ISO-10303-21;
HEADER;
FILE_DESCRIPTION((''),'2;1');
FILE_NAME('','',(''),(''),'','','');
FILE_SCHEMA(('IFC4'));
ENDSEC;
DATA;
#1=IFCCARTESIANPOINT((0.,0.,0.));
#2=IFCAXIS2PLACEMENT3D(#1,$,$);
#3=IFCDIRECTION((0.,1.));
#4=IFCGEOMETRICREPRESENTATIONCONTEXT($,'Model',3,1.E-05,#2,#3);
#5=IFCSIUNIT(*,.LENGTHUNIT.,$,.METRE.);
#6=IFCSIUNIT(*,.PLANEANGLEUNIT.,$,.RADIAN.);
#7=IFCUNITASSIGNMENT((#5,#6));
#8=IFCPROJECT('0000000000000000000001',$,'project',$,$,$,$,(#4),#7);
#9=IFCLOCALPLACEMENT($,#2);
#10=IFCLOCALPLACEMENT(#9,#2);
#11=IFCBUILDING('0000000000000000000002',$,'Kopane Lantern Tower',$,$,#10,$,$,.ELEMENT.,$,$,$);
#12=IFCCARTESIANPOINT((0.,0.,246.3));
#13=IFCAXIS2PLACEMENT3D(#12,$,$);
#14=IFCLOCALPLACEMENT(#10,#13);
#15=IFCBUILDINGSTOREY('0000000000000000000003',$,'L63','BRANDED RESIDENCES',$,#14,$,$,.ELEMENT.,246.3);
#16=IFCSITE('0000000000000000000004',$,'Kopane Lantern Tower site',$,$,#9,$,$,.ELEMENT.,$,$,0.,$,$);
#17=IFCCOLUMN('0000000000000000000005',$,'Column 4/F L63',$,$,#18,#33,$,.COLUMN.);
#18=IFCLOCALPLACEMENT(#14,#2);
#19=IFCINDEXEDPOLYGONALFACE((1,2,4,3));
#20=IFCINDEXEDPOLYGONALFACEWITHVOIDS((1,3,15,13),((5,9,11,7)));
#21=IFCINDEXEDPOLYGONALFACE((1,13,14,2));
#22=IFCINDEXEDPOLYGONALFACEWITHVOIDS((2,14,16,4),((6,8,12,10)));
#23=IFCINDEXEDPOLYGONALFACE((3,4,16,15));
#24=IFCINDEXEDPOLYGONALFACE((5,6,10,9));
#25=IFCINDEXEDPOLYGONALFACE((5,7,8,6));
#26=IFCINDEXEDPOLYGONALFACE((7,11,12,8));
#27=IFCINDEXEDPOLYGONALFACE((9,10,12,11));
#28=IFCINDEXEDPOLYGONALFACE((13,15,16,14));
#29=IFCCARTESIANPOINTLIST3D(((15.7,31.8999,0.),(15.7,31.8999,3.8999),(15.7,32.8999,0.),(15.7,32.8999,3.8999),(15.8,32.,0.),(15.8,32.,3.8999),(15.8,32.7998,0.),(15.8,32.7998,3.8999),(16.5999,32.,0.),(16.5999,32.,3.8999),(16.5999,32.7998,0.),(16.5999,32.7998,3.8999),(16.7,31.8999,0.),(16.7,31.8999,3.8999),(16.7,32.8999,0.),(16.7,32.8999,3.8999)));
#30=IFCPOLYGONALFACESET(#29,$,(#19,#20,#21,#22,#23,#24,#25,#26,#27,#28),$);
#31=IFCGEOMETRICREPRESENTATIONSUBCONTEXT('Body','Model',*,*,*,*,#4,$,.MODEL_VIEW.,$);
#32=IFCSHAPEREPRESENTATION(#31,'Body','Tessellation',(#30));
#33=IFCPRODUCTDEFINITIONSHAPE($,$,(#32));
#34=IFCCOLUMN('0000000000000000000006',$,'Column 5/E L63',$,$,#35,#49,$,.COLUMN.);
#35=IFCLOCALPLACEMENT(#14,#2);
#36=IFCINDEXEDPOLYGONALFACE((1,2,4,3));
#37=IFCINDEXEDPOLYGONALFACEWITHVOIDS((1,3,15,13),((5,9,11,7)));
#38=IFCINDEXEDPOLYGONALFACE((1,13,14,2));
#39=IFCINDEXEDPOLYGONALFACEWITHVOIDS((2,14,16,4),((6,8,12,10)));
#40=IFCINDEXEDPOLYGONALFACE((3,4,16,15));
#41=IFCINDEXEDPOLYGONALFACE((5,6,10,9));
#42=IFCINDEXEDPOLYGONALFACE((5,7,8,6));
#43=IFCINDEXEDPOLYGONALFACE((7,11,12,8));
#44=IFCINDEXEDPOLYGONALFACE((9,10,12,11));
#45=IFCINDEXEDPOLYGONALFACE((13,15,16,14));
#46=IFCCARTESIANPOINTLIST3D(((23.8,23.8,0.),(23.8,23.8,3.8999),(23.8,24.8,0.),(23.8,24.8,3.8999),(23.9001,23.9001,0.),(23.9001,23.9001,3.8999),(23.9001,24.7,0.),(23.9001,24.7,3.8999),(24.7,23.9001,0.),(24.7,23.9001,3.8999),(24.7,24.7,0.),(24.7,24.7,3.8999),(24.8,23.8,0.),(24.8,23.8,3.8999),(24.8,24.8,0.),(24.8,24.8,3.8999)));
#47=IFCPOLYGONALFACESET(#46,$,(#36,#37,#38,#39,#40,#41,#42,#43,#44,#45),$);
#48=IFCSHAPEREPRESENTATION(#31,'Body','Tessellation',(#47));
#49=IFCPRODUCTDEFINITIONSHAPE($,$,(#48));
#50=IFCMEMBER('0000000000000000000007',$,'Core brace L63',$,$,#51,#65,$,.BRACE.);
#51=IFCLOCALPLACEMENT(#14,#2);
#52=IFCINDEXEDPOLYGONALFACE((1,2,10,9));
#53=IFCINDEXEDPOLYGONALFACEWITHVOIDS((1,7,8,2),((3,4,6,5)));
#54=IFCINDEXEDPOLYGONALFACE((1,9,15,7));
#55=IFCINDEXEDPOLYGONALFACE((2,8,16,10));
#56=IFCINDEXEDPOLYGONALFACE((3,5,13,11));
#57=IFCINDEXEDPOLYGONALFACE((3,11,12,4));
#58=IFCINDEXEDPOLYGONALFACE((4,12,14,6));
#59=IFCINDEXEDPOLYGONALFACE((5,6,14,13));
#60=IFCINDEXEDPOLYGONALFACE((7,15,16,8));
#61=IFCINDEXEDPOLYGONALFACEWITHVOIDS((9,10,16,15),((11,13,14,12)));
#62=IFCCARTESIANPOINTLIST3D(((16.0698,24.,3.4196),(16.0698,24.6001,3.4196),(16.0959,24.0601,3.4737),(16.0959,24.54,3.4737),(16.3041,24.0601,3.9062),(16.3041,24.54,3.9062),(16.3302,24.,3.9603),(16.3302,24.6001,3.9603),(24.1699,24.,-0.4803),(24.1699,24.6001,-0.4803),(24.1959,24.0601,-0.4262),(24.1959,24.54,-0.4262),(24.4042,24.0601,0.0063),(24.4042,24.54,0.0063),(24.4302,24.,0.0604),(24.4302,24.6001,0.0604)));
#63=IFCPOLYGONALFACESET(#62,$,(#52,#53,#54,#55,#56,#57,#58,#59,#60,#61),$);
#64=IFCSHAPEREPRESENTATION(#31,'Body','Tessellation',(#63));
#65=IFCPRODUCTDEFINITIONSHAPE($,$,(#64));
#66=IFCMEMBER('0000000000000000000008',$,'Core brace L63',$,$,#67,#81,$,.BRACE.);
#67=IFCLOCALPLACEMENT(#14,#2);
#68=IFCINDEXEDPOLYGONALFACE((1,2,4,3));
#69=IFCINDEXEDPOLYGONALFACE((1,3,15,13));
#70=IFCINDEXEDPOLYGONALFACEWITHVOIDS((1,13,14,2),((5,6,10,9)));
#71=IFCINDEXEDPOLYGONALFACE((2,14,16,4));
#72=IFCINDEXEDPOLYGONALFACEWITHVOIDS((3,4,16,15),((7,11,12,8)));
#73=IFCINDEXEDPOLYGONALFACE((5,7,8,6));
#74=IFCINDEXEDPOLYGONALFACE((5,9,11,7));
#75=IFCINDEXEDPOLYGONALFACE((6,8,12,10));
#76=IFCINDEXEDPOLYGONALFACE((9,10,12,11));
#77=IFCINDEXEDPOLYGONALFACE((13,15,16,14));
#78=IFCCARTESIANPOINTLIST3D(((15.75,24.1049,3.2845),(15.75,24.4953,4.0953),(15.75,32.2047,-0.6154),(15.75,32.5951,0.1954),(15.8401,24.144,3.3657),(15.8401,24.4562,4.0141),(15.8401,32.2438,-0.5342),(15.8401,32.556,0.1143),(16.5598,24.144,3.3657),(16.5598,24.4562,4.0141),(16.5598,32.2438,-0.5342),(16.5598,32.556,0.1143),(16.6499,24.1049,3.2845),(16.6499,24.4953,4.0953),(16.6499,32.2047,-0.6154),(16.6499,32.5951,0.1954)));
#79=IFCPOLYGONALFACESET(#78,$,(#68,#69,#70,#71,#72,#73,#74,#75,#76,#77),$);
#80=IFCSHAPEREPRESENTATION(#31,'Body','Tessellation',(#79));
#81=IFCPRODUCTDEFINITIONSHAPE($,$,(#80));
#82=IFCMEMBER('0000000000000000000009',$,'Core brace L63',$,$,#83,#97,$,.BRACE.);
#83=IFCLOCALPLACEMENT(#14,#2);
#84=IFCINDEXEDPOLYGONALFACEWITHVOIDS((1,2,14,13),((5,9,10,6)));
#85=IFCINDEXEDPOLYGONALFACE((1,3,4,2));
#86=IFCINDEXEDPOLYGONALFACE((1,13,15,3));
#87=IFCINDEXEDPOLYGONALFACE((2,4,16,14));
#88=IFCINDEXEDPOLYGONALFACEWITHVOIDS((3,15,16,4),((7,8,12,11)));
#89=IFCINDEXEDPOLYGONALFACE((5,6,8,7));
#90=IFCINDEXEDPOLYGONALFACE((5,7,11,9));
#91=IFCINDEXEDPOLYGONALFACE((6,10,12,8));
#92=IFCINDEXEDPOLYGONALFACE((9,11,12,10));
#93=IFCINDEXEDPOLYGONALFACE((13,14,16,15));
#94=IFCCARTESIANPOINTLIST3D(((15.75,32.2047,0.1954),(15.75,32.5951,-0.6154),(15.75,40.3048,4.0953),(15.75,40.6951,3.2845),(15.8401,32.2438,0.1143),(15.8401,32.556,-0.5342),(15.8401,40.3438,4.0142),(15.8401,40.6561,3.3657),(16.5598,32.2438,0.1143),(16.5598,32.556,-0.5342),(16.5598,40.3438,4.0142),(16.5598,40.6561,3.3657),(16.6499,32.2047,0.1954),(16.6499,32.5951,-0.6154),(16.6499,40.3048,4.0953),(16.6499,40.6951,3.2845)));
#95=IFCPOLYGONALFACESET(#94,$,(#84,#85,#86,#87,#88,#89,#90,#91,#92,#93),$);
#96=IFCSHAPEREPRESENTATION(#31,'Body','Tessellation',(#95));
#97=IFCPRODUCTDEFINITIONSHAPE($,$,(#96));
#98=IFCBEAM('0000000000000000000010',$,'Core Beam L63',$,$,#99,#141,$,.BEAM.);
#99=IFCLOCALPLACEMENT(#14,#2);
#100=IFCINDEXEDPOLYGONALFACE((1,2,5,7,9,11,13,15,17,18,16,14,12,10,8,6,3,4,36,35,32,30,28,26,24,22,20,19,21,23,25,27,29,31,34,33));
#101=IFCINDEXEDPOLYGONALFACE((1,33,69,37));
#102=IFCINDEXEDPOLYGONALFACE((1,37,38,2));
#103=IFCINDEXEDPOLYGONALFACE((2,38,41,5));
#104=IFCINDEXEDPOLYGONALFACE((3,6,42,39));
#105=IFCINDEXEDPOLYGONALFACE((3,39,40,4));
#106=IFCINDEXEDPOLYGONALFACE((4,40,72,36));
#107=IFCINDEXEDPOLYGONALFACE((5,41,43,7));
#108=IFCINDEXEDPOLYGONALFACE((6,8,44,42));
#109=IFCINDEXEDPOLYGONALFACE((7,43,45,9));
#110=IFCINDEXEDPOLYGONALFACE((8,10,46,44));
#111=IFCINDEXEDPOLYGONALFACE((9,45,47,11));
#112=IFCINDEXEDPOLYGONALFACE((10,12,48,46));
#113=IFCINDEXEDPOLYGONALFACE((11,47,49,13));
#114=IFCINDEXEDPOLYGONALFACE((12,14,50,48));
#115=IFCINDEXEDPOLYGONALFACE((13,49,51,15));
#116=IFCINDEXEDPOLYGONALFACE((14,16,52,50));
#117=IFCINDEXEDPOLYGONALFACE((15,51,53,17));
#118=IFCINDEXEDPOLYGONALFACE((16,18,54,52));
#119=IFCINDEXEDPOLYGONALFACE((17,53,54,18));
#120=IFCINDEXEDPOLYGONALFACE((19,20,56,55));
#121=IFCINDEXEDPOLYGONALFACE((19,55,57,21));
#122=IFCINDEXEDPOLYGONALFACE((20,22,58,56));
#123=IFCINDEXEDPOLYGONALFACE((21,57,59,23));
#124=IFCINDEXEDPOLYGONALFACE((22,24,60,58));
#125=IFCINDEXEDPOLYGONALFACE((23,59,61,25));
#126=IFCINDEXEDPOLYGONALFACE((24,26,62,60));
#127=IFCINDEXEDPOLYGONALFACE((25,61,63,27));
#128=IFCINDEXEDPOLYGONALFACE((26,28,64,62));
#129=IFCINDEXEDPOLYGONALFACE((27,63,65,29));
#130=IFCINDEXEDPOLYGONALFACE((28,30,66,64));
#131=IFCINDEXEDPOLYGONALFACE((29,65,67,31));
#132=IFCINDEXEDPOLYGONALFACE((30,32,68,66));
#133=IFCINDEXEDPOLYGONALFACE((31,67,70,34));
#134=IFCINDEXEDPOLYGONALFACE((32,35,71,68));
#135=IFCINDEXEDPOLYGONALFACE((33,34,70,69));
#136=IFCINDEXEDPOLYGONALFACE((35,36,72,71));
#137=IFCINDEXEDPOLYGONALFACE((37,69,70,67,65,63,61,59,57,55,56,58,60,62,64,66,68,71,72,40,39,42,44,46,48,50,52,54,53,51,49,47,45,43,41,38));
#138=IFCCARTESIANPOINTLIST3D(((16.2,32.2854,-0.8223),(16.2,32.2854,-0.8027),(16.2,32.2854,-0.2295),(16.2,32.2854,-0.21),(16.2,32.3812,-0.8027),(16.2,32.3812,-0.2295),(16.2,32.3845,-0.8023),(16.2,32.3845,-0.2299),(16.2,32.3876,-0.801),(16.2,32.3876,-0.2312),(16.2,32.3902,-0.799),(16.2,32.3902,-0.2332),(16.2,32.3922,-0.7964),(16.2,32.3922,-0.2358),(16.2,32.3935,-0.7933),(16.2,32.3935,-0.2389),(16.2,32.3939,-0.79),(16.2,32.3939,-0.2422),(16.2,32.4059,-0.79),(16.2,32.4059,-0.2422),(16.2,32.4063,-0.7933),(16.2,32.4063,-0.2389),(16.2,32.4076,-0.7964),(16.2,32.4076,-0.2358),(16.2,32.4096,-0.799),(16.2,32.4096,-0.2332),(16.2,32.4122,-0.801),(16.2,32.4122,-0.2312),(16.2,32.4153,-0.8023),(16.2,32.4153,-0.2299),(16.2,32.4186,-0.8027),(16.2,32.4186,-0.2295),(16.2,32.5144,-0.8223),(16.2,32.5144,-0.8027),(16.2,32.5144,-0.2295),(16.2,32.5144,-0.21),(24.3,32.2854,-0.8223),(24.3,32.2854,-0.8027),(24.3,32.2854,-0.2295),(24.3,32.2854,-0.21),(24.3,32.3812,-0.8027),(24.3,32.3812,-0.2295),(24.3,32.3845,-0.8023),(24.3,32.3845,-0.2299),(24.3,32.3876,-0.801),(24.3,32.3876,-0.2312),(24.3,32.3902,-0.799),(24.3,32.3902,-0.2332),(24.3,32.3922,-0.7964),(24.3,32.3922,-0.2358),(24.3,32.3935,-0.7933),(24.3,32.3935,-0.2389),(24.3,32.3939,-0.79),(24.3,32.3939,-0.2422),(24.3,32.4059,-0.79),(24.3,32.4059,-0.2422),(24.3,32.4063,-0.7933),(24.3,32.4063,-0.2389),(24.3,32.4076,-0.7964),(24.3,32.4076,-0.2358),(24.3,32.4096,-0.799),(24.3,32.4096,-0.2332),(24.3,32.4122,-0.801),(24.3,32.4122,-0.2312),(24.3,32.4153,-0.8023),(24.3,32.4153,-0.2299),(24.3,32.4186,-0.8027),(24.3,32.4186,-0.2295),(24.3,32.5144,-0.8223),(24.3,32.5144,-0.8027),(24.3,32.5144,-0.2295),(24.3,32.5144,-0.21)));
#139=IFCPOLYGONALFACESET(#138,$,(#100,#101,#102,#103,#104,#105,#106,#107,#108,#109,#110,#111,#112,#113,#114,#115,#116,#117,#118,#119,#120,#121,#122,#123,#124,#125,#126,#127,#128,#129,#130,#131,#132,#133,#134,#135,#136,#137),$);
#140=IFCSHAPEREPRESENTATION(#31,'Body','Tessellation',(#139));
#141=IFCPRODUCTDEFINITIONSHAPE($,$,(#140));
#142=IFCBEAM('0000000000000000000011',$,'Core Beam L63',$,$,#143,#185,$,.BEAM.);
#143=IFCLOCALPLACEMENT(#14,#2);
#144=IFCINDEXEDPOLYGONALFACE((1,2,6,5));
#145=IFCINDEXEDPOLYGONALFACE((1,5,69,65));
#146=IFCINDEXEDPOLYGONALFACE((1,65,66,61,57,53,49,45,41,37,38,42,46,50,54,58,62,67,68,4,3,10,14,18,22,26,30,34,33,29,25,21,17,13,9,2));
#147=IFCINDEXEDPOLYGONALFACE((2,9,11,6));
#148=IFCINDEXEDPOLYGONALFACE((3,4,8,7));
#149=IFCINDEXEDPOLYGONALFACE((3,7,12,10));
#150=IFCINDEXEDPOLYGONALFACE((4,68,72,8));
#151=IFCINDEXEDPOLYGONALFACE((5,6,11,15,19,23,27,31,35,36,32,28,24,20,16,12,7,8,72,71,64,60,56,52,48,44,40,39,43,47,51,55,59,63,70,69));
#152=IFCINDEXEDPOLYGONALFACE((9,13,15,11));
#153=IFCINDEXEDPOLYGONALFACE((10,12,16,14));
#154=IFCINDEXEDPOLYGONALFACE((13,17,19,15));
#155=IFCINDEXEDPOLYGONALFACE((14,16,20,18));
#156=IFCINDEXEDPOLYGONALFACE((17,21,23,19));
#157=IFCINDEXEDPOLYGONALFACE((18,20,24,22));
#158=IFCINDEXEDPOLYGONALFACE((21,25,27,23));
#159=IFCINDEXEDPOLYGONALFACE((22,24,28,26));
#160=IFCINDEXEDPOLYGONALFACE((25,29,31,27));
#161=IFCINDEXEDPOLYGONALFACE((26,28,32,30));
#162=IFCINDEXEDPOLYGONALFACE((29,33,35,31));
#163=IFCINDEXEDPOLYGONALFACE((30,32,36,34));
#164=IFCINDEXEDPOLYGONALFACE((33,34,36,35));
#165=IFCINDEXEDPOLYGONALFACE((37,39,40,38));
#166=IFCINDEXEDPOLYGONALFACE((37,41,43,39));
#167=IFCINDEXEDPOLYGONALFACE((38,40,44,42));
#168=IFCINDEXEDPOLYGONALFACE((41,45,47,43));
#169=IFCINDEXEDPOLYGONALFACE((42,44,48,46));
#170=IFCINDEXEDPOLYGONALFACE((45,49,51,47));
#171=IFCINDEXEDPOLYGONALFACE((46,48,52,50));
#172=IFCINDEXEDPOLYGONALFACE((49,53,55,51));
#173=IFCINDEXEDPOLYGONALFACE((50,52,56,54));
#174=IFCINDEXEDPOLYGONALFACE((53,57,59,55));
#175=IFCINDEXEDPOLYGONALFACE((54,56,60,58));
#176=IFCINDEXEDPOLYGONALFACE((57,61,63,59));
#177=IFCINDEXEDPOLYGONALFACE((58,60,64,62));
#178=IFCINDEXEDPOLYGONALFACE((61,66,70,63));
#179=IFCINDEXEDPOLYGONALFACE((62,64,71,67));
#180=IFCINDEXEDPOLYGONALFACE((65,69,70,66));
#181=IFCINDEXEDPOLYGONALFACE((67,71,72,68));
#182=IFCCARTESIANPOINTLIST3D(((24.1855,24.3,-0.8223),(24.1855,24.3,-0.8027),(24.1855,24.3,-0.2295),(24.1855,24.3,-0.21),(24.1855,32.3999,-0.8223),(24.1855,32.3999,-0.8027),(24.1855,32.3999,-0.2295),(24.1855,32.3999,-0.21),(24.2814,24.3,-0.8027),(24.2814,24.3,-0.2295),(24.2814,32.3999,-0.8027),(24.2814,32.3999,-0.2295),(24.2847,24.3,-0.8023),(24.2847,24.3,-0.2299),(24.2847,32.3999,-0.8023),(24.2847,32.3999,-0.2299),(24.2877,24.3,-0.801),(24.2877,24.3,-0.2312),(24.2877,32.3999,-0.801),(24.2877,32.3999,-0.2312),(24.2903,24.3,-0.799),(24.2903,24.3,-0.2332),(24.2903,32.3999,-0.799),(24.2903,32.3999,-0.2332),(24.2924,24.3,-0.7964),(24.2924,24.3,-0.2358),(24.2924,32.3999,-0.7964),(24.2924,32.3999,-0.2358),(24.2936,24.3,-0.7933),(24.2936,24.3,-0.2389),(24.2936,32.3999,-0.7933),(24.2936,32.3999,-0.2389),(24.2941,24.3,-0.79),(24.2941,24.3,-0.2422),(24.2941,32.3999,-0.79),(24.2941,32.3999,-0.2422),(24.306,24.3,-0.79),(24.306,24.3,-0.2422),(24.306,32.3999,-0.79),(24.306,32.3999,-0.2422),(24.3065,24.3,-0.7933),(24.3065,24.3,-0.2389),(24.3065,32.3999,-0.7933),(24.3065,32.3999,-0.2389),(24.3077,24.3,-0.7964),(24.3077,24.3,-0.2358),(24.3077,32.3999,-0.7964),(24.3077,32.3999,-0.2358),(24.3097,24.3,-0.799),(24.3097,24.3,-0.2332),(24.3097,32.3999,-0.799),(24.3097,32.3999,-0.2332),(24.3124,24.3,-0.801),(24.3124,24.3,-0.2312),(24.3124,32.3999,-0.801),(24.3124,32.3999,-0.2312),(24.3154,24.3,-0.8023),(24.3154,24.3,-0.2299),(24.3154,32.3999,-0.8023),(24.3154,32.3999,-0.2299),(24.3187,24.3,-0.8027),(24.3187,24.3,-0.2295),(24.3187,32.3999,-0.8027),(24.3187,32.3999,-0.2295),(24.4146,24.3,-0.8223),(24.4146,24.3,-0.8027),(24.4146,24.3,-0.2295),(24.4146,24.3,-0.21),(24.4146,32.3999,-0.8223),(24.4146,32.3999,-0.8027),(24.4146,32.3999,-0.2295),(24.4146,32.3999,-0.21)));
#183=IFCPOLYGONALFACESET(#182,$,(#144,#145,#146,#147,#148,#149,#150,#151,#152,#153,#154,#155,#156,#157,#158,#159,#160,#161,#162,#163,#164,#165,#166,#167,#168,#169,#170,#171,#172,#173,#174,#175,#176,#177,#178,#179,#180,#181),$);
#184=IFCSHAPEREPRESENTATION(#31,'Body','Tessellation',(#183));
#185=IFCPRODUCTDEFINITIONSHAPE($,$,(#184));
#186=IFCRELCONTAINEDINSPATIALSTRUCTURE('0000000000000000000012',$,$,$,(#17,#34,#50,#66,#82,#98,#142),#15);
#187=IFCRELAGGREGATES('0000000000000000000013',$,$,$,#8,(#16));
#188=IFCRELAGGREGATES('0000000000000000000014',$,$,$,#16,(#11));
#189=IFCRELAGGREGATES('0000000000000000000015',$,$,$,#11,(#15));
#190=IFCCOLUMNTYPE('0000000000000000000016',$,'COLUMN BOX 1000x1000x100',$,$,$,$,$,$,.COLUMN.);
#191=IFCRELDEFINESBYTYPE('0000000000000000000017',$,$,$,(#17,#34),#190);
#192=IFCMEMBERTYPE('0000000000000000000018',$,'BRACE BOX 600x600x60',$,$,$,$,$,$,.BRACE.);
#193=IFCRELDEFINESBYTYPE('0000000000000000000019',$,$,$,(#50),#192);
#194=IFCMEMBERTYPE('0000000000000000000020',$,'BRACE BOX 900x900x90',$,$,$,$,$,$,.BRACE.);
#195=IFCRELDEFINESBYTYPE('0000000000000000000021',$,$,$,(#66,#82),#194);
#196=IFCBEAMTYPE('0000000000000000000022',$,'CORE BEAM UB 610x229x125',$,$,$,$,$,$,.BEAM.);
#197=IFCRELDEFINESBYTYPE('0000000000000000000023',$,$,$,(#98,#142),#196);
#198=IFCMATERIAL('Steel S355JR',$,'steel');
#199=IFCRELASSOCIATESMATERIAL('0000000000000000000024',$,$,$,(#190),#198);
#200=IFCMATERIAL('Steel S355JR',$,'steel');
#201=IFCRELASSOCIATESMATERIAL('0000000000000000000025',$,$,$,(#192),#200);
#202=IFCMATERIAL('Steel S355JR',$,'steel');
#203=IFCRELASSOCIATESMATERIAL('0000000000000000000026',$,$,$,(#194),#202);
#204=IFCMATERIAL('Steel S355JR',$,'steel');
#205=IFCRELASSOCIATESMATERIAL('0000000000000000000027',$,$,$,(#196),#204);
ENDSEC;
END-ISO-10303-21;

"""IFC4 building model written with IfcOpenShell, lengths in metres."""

from ifc_helpers import new_model, si_unit, direction, frame, origin, origin_2d, place, context, subcontext, project, spatial, hollow_rectangle, i_section, extrude, material, material_profile, profile_set, type_object, element, save


model = new_model("IFC4")

# Units and contexts
model_context = context("Model", 3, precision=1e-05, world=origin(), true_north=direction((0.0, 1.0)))
body_context = subcontext(model_context, "Body", "Model", "MODEL_VIEW")
ifc_project = project(units=[si_unit("LENGTHUNIT", "METRE"), si_unit("PLANEANGLEUNIT", "RADIAN")], contexts=[model_context])

# Site, building, storey
site_placement = place(None, origin())
site = spatial("IfcSite", under=ifc_project, at=site_placement, Name="Kopane Lantern Tower site", CompositionType="ELEMENT", RefElevation=0.0)
building_placement = place(site_placement, origin())
building = spatial("IfcBuilding", under=site, at=building_placement, Name="Kopane Lantern Tower", CompositionType="ELEMENT")
storey_placement = place(building_placement, frame((0.0, 0.0, 246.3)))
storey = spatial("IfcBuildingStorey", under=building, at=storey_placement, Name="L63", Description="BRANDED RESIDENCES", CompositionType="ELEMENT", Elevation=246.3)

# Columns
ifc_material_1 = material(Name="Steel S355JR", Category="steel")
ifc_material_profile_1 = material_profile(ifc_material_1, hollow_rectangle(XDim=1.0, YDim=1.0, WallThickness=0.1001, at=origin_2d()), Name="BOX 1000x1000x100")
ifc_profile_set_1 = profile_set([ifc_material_profile_1], Name="Steel S355JR")
column_type = type_object("IfcColumnType", Name="COLUMN BOX 1000x1000x100", PredefinedType="COLUMN", material=ifc_profile_set_1)
for number, where, z_axis, x_axis, name in (
    (1, (16.2, 32.3999, 0.0), (0.0, 0.0, 1.0), (1.0, 0.0, 0.0), "Column 4/F L63"),
    (2, (24.3, 24.3, 0.0), (0.0, 0.0, 1.0), (1.0, 0.0, 0.0), "Column 5/E L63"),
):
    element("IfcColumn", number, at=place(storey_placement, frame(where, z_axis=z_axis, x_axis=x_axis)), inside=storey, type_object=column_type, Name=name, PredefinedType="COLUMN", context=body_context, shape_type="SweptSolid", body=[
        extrude(hollow_rectangle(XDim=1.0, YDim=1.0, WallThickness=0.1001, at=origin_2d()), origin(), (0.0, 0.0, 1.0), 3.8999),
    ])

# Members
ifc_material_2 = material(Name="Steel S355JR", Category="steel")
ifc_material_profile_2 = material_profile(ifc_material_2, hollow_rectangle(XDim=0.6001, YDim=0.6001, WallThickness=0.0601, at=origin_2d()), Name="BOX 600x600x60")
ifc_profile_set_2 = profile_set([ifc_material_profile_2], Name="Steel S355JR")
member_type_1 = type_object("IfcMemberType", Name="BRACE BOX 600x600x60", PredefinedType="BRACE", material=ifc_profile_set_2)
member_1_placement = place(storey_placement, frame((24.3, 24.3, -0.21), z_axis=(-0.901008, 0.0, 0.433803), x_axis=(0.0, -1.0, 0.0)))
element("IfcMember", 3, at=member_1_placement, inside=storey, type_object=member_type_1, Name="Core brace L63", PredefinedType="BRACE", context=body_context, shape_type="SweptSolid", body=[
    extrude(hollow_rectangle(XDim=0.6001, YDim=0.6001, WallThickness=0.0601, at=origin_2d()), origin(), (0.0, 0.0, 1.0), 8.99),
])
ifc_material_3 = material(Name="Steel S355JR", Category="steel")
ifc_material_profile_3 = material_profile(ifc_material_3, hollow_rectangle(XDim=0.8999, YDim=0.8999, WallThickness=0.0901, at=origin_2d()), Name="BOX 900x900x90")
ifc_profile_set_3 = profile_set([ifc_material_profile_3], Name="Steel S355JR")
member_type_2 = type_object("IfcMemberType", Name="BRACE BOX 900x900x90", PredefinedType="BRACE", material=ifc_profile_set_3)
member_2_placement = place(storey_placement, frame((16.2, 32.3999, -0.21), z_axis=(0.0, -0.901003, 0.433813), x_axis=(1.0, 0.0, 0.0)))
element("IfcMember", 4, at=member_2_placement, inside=storey, type_object=member_type_2, Name="Core brace L63", PredefinedType="BRACE", context=body_context, shape_type="SweptSolid", body=[
    extrude(hollow_rectangle(XDim=0.8999, YDim=0.8999, WallThickness=0.0901, at=origin_2d()), origin(), (0.0, 0.0, 1.0), 8.9897),
])
member_3_placement = place(storey_placement, frame((16.2, 32.3999, -0.21), z_axis=(0.0, 0.901008, 0.433803), x_axis=(-1.0, 0.0, 0.0)))
element("IfcMember", 5, at=member_3_placement, inside=storey, type_object=member_type_2, Name="Core brace L63", PredefinedType="BRACE", context=body_context, shape_type="SweptSolid", body=[
    extrude(hollow_rectangle(XDim=0.8999, YDim=0.8999, WallThickness=0.0901, at=origin_2d()), origin(), (0.0, 0.0, 1.0), 8.99),
])

# Beams
ifc_material_4 = material(Name="Steel S355JR", Category="steel")
ifc_material_profile_4 = material_profile(ifc_material_4, i_section(OverallWidth=0.229, OverallDepth=0.6123, WebThickness=0.012, FlangeThickness=0.0195, FilletRadius=0.0127, at=origin_2d()), Name="UB 610x229x125")
ifc_profile_set_4 = profile_set([ifc_material_profile_4], Name="Steel S355JR")
beam_type_1 = type_object("IfcBeamType", Name="CORE BEAM UB 610x229x125", PredefinedType="BEAM", material=ifc_profile_set_4)
beam_1_placement = place(storey_placement, frame((16.2, 32.3999, -0.5161), z_axis=(1.0, 0.0, 0.0), x_axis=(0.0, 1.0, 0.0)))
element("IfcBeam", 6, at=beam_1_placement, inside=storey, type_object=beam_type_1, Name="Core Beam L63", PredefinedType="BEAM", context=body_context, shape_type="SweptSolid", body=[
    extrude(i_section(OverallWidth=0.229, OverallDepth=0.6123, WebThickness=0.012, FlangeThickness=0.0195, FilletRadius=0.0127, at=origin_2d()), origin(), (0.0, 0.0, 1.0), 8.1001),
])
beam_2_placement = place(storey_placement, frame((24.3, 24.3, -0.5161), z_axis=(0.0, 1.0, 0.0), x_axis=(-1.0, 0.0, 0.0)))
element("IfcBeam", 7, at=beam_2_placement, inside=storey, type_object=beam_type_1, Name="Core Beam L63", PredefinedType="BEAM", context=body_context, shape_type="SweptSolid", body=[
    extrude(i_section(OverallWidth=0.229, OverallDepth=0.6123, WebThickness=0.012, FlangeThickness=0.0195, FilletRadius=0.0127, at=origin_2d()), origin(), (0.0, 0.0, 1.0), 8.0999),
])

save(model, "model.ifc")
